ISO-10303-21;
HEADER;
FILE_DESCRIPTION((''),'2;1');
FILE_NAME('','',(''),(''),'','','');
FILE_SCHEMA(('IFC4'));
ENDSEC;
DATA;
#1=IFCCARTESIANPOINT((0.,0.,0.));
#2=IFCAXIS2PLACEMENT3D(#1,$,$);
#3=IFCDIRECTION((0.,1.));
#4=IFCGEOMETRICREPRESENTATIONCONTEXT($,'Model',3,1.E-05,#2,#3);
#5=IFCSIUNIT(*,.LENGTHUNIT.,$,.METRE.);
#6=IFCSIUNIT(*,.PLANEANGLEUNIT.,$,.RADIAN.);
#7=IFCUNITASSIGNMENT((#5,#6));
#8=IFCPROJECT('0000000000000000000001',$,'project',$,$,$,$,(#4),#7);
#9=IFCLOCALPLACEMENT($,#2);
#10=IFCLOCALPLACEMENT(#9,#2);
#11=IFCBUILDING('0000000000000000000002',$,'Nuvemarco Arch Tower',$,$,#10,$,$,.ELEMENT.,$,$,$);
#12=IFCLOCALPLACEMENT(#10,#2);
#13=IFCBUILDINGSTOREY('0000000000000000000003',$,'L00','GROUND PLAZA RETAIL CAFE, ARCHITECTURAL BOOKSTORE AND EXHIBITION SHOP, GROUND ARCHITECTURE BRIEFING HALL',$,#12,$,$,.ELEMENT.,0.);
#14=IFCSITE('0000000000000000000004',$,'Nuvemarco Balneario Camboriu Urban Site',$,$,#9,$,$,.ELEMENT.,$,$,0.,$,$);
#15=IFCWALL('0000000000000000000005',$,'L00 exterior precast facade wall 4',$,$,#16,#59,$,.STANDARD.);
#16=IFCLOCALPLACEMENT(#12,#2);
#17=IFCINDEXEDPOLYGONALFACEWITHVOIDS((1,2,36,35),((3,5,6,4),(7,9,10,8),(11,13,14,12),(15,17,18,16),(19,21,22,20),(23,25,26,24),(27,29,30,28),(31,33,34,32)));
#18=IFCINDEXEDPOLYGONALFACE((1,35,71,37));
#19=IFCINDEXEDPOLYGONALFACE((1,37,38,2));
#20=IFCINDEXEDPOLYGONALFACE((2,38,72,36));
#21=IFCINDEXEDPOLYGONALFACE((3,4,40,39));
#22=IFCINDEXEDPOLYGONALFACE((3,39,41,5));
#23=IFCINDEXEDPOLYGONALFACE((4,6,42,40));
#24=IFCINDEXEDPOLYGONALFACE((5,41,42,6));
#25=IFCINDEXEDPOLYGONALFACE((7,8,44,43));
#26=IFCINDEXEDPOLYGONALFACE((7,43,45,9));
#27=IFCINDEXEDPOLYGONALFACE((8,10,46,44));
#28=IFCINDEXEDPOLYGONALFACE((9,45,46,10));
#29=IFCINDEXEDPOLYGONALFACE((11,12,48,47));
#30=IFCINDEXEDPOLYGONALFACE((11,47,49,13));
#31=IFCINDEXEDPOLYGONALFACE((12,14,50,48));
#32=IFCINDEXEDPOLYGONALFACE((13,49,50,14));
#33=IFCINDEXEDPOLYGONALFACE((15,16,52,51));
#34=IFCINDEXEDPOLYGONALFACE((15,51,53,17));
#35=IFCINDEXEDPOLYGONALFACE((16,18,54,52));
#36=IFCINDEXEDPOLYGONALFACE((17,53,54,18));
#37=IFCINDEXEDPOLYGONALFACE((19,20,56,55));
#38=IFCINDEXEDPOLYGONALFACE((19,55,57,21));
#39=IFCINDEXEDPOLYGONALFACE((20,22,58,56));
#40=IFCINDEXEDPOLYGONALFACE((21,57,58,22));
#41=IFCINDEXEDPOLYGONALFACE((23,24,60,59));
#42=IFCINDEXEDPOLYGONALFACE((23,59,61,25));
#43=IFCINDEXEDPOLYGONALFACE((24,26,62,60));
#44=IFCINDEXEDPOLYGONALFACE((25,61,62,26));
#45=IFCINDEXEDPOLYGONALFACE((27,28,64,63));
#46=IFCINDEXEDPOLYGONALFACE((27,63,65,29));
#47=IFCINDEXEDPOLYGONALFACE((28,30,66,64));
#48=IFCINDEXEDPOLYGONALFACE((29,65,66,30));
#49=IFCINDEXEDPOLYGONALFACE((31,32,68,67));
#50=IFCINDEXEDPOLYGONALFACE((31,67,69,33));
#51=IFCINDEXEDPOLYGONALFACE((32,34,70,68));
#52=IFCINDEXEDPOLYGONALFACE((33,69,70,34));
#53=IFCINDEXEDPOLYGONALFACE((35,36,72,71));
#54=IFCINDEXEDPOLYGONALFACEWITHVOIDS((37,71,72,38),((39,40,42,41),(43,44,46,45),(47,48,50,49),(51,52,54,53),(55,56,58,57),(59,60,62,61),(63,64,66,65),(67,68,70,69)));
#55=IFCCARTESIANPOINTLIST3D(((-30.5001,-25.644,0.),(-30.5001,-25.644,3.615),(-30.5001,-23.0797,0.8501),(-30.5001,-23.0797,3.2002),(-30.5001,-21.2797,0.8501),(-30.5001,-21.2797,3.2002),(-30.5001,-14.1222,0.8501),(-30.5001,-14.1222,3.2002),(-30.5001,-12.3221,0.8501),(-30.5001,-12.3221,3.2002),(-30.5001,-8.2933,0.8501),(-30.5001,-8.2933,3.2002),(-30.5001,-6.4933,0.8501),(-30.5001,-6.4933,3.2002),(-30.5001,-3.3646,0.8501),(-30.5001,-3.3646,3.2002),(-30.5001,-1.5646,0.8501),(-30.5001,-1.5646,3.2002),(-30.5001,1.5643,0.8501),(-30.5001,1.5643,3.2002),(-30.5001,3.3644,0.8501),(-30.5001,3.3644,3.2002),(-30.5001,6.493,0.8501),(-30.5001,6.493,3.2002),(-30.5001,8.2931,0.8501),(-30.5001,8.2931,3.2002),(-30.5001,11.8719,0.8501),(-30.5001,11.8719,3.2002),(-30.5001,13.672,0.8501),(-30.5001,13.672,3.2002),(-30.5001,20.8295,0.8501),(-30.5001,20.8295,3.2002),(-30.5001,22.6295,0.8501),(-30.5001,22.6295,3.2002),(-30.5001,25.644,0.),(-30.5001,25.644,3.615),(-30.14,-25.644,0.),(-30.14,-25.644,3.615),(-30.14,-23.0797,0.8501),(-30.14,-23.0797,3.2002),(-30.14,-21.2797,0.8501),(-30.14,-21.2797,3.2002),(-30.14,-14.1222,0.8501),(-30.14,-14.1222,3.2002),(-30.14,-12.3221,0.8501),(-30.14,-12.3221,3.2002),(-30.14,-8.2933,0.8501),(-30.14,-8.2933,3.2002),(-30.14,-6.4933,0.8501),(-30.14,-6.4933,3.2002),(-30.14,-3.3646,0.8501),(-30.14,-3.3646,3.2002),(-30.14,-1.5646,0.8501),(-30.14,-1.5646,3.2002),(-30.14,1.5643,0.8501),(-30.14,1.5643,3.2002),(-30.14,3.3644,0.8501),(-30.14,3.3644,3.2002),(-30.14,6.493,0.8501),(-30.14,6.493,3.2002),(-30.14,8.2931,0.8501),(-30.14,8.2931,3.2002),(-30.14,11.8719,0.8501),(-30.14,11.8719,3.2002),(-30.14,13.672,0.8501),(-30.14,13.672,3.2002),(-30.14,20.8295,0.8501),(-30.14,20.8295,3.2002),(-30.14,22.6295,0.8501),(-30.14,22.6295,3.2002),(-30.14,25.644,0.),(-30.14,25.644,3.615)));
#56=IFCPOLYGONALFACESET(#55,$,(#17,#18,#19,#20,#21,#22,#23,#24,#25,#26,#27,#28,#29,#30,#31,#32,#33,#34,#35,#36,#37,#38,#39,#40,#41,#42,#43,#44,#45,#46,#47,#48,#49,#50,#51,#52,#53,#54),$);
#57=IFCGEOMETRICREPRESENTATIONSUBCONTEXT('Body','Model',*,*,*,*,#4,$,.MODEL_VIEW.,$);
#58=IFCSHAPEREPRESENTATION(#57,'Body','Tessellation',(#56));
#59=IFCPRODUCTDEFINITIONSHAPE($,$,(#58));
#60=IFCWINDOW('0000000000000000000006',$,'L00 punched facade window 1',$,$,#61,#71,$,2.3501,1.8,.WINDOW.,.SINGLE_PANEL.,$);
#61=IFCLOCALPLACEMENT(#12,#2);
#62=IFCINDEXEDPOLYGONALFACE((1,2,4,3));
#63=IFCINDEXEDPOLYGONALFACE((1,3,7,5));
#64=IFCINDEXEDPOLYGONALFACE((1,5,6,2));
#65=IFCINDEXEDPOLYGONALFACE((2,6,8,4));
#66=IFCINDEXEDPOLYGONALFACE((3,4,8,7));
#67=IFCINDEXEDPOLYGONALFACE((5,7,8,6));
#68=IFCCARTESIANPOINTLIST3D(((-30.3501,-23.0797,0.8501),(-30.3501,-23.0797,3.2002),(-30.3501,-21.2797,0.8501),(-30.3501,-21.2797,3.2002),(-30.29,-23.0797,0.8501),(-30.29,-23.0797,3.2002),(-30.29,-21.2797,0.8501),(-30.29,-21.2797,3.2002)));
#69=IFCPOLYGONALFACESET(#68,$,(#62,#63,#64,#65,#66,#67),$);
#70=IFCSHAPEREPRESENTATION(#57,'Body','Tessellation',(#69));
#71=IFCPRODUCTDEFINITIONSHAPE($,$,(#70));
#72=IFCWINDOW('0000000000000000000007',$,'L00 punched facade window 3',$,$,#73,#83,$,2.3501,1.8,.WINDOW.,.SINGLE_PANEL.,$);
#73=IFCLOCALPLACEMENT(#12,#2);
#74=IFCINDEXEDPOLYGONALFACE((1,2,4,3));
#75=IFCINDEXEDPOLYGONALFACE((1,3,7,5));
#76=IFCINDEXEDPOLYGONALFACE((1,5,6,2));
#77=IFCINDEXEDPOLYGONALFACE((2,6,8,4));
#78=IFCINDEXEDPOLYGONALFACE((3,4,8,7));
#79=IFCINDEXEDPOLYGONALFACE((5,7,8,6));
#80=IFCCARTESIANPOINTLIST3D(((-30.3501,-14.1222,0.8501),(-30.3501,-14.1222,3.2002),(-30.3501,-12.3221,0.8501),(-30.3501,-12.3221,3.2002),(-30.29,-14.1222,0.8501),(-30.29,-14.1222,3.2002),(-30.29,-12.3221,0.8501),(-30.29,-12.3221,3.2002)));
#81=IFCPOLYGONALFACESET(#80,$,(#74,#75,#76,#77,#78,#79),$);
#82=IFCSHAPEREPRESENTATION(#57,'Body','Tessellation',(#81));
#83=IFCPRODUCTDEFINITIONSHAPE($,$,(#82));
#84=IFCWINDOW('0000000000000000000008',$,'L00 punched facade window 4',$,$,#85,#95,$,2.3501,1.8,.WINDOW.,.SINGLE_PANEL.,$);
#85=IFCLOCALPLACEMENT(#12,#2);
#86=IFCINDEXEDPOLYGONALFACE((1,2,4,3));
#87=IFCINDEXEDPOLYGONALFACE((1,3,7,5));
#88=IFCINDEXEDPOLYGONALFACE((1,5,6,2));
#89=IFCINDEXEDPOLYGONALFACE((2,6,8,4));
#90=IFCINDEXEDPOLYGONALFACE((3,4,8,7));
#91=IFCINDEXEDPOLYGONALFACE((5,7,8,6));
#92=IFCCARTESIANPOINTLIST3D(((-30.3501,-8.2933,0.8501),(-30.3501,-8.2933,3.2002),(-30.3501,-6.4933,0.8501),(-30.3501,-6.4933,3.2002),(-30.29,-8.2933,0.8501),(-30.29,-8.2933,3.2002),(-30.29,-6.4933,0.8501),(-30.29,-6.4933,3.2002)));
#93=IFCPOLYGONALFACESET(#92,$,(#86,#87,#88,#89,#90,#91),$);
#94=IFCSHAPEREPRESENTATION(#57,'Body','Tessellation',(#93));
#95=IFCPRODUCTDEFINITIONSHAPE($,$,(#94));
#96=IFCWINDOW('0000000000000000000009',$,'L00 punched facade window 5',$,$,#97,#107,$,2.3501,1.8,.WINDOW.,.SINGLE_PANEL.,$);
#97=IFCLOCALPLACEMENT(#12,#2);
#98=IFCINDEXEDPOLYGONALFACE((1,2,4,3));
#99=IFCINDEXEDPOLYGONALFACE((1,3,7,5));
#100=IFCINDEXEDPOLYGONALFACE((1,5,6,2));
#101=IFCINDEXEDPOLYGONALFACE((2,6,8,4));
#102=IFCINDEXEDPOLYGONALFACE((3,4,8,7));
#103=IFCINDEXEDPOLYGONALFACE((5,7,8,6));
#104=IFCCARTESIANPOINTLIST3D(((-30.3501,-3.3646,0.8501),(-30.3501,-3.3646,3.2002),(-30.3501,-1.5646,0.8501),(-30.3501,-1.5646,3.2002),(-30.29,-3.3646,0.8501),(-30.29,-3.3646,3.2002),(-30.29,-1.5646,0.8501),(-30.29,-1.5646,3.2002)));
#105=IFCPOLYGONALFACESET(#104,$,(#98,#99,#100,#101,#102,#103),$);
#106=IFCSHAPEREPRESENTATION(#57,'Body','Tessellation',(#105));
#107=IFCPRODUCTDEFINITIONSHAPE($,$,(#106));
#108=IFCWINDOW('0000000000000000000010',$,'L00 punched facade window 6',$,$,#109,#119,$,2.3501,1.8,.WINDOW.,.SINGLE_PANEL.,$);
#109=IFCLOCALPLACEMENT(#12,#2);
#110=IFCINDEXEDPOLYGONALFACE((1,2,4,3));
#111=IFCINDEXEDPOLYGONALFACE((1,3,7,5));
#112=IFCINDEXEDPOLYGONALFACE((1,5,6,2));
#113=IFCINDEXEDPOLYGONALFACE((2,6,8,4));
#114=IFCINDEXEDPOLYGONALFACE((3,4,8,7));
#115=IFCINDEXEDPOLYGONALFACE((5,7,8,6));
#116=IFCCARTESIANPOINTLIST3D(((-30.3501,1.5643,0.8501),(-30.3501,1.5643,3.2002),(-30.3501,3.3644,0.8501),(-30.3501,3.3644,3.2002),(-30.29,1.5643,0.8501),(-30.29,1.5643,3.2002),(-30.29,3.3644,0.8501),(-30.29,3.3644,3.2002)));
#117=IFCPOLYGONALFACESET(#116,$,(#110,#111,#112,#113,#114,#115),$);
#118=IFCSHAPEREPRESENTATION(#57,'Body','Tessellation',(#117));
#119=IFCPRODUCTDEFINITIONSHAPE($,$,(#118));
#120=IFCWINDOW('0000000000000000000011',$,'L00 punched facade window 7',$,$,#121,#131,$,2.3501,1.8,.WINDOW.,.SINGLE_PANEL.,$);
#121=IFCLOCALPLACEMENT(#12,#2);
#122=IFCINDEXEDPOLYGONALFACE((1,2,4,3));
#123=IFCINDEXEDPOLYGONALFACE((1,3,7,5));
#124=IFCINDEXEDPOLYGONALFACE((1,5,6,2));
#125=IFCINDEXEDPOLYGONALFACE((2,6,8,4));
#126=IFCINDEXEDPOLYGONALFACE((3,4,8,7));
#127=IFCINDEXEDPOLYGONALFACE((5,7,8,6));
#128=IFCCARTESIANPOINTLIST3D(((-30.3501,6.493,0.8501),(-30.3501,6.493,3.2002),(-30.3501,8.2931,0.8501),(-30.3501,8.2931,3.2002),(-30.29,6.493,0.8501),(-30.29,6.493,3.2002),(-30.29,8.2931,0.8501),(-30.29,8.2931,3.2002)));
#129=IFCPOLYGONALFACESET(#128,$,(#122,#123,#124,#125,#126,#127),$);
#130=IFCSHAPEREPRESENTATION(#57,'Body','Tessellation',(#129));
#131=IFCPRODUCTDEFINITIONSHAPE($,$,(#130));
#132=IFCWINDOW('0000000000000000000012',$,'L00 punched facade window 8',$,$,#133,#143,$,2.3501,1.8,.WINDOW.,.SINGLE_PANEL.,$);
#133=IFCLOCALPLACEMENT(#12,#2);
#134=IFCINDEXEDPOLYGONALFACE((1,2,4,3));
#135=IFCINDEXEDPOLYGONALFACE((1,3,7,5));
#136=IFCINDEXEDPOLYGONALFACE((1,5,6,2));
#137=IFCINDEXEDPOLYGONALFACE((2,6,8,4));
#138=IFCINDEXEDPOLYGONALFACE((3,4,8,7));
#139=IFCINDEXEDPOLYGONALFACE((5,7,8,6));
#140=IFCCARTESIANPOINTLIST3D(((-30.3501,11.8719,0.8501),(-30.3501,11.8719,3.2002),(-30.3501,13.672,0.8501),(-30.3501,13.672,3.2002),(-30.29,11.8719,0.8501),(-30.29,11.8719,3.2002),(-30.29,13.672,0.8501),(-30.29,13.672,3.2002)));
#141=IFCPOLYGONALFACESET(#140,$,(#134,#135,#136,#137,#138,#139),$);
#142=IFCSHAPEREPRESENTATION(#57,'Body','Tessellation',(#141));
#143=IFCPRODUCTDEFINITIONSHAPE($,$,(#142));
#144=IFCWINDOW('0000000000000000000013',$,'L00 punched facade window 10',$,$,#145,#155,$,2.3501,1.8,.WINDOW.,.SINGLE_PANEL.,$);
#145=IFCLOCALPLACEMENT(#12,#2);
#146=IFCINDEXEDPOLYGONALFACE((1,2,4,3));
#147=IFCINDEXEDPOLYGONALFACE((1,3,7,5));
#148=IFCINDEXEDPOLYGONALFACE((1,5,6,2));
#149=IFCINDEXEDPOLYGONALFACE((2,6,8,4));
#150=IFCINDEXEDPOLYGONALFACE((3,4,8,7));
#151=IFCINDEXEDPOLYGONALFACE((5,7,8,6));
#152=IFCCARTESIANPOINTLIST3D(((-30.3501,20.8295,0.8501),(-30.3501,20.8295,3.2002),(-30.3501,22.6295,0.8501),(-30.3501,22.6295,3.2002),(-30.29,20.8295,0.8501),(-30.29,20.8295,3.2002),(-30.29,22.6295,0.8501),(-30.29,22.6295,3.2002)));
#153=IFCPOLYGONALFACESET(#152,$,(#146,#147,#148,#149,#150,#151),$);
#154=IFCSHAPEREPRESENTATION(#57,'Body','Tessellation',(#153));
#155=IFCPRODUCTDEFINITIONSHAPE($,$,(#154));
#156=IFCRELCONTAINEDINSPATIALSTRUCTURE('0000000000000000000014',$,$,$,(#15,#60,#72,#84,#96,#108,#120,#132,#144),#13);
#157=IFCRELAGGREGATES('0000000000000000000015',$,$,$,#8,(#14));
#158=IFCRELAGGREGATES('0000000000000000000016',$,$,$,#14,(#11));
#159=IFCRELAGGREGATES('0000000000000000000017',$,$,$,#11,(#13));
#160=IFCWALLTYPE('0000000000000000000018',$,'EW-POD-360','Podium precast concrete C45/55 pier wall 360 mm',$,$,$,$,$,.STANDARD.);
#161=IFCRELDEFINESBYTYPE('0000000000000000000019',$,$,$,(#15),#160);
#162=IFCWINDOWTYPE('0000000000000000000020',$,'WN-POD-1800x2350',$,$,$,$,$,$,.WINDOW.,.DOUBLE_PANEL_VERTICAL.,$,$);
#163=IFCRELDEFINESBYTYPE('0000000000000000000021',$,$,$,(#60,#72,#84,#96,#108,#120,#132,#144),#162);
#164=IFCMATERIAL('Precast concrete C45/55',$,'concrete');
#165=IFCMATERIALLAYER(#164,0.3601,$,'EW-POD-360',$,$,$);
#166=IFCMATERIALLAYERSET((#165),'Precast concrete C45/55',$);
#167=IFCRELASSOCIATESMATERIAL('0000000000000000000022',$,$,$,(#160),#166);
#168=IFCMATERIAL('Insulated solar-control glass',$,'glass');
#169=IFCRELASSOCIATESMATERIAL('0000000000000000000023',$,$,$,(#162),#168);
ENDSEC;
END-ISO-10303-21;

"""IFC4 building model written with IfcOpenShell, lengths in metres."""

from ifc_helpers import new_model, si_unit, direction, frame, frame_2d, origin, place, context, subcontext, project, spatial, rectangle, extrude, source, transform, mapped, material, layer, layer_set, type_object, type_shapes, element, fill, save


model = new_model("IFC4")

# Units and contexts
model_context = context("Model", 3, precision=1e-05, world=origin(), true_north=direction((0.0, 1.0)))
body_context = subcontext(model_context, "Body", "Model", "MODEL_VIEW")
ifc_project = project(units=[si_unit("LENGTHUNIT", "METRE"), si_unit("PLANEANGLEUNIT", "RADIAN")], contexts=[model_context])

# Site, building, storey
site_placement = place(None, origin())
site = spatial("IfcSite", under=ifc_project, at=site_placement, Name="Nuvemarco Balneario Camboriu Urban Site", CompositionType="ELEMENT", RefElevation=0.0)
building_placement = place(site_placement, origin())
building = spatial("IfcBuilding", under=site, at=building_placement, Name="Nuvemarco Arch Tower", CompositionType="ELEMENT")
storey_placement = place(building_placement, origin())
storey = spatial("IfcBuildingStorey", under=building, at=storey_placement, Name="L00", Description="GROUND PLAZA RETAIL CAFE, ARCHITECTURAL BOOKSTORE AND EXHIBITION SHOP, GROUND ARCHITECTURE BRIEFING HALL", CompositionType="ELEMENT", Elevation=0.0)

# Shared definitions
ifc_material_1 = material(Name="Precast concrete C45/55", Category="concrete")

# Wall, openings, windows
ifc_layer = layer(ifc_material_1, 0.3601, Name="EW-POD-360")
ifc_layer_set = layer_set([ifc_layer], Name="Precast concrete C45/55")
wall_type = type_object("IfcWallType", Name="EW-POD-360", Description="Podium precast concrete C45/55 pier wall 360 mm", PredefinedType="STANDARD", material=ifc_layer_set)
wall_placement = place(storey_placement, frame((-30.3201, -25.644, 0.0), z_axis=(0.0, 0.0, 1.0), x_axis=(0.0, 1.0, 0.0)))
wall = element("IfcWall", 1, at=wall_placement, inside=storey, type_object=wall_type, Name="L00 exterior precast facade wall 4", PredefinedType="STANDARD", context=body_context, shape_type="SweptSolid", body=[
    extrude(rectangle(XDim=51.2881, YDim=0.3601, at=frame_2d((25.644, 0.0))), origin(), (0.0, 0.0, 1.0), 3.615),
])
opening_1_placement = place(wall_placement, frame((2.5645, 0.0, 0.8501)))
opening_1 = element("IfcOpeningElement", 2, at=opening_1_placement, cuts=wall, PredefinedType="OPENING", context=body_context, shape_type="SweptSolid", body=[
    extrude(rectangle(XDim=1.8, YDim=2.3501, at=frame_2d((0.8999, 1.175))), frame((0.0, 0.1899, 0.0), z_axis=(0.0, -1.0, 0.0), x_axis=(1.0, 0.0, 0.0)), (0.0, 0.0, 1.0), 0.3801),
])
opening_2_placement = place(wall_placement, frame((11.522, 0.0, 0.8501)))
opening_2 = element("IfcOpeningElement", 3, at=opening_2_placement, cuts=wall, PredefinedType="OPENING", context=body_context, shape_type="SweptSolid", body=[
    extrude(rectangle(XDim=1.8, YDim=2.3501, at=frame_2d((0.8999, 1.175))), frame((0.0, 0.1899, 0.0), z_axis=(0.0, -1.0, 0.0), x_axis=(1.0, 0.0, 0.0)), (0.0, 0.0, 1.0), 0.3801),
])
opening_3_placement = place(wall_placement, frame((17.3508, 0.0, 0.8501)))
opening_3 = element("IfcOpeningElement", 4, at=opening_3_placement, cuts=wall, PredefinedType="OPENING", context=body_context, shape_type="SweptSolid", body=[
    extrude(rectangle(XDim=1.8, YDim=2.3501, at=frame_2d((0.8999, 1.175))), frame((0.0, 0.1899, 0.0), z_axis=(0.0, -1.0, 0.0), x_axis=(1.0, 0.0, 0.0)), (0.0, 0.0, 1.0), 0.3801),
])
opening_4_placement = place(wall_placement, frame((22.2795, 0.0, 0.8501)))
opening_4 = element("IfcOpeningElement", 5, at=opening_4_placement, cuts=wall, PredefinedType="OPENING", context=body_context, shape_type="SweptSolid", body=[
    extrude(rectangle(XDim=1.8, YDim=2.3501, at=frame_2d((0.8999, 1.175))), frame((0.0, 0.1899, 0.0), z_axis=(0.0, -1.0, 0.0), x_axis=(1.0, 0.0, 0.0)), (0.0, 0.0, 1.0), 0.3801),
])
opening_5_placement = place(wall_placement, frame((27.2085, 0.0, 0.8501)))
opening_5 = element("IfcOpeningElement", 6, at=opening_5_placement, cuts=wall, PredefinedType="OPENING", context=body_context, shape_type="SweptSolid", body=[
    extrude(rectangle(XDim=1.8, YDim=2.3501, at=frame_2d((0.8999, 1.175))), frame((0.0, 0.1899, 0.0), z_axis=(0.0, -1.0, 0.0), x_axis=(1.0, 0.0, 0.0)), (0.0, 0.0, 1.0), 0.3801),
])
opening_6_placement = place(wall_placement, frame((32.1372, 0.0, 0.8501)))
opening_6 = element("IfcOpeningElement", 7, at=opening_6_placement, cuts=wall, PredefinedType="OPENING", context=body_context, shape_type="SweptSolid", body=[
    extrude(rectangle(XDim=1.8, YDim=2.3501, at=frame_2d((0.8999, 1.175))), frame((0.0, 0.1899, 0.0), z_axis=(0.0, -1.0, 0.0), x_axis=(1.0, 0.0, 0.0)), (0.0, 0.0, 1.0), 0.3801),
])
opening_7_placement = place(wall_placement, frame((37.5161, 0.0, 0.8501)))
opening_7 = element("IfcOpeningElement", 8, at=opening_7_placement, cuts=wall, PredefinedType="OPENING", context=body_context, shape_type="SweptSolid", body=[
    extrude(rectangle(XDim=1.8, YDim=2.3501, at=frame_2d((0.8999, 1.175))), frame((0.0, 0.1899, 0.0), z_axis=(0.0, -1.0, 0.0), x_axis=(1.0, 0.0, 0.0)), (0.0, 0.0, 1.0), 0.3801),
])
opening_8_placement = place(wall_placement, frame((46.4736, 0.0, 0.8501)))
opening_8 = element("IfcOpeningElement", 9, at=opening_8_placement, cuts=wall, PredefinedType="OPENING", context=body_context, shape_type="SweptSolid", body=[
    extrude(rectangle(XDim=1.8, YDim=2.3501, at=frame_2d((0.8999, 1.175))), frame((0.0, 0.1899, 0.0), z_axis=(0.0, -1.0, 0.0), x_axis=(1.0, 0.0, 0.0)), (0.0, 0.0, 1.0), 0.3801),
])
ifc_material_2 = material(Name="Insulated solar-control glass", Category="glass")
window_type = type_object("IfcWindowType", Name="WN-POD-1800x2350", PartitioningType="DOUBLE_PANEL_VERTICAL", PredefinedType="WINDOW", material=ifc_material_2)
shared_shape = source(origin(), body_context, "Body", "SweptSolid", [
    extrude(rectangle(XDim=1.8, YDim=2.3501, at=frame_2d((0.8999, 1.175))), frame((0.0, 0.03, 0.0), z_axis=(0.0, -1.0, 0.0), x_axis=(1.0, 0.0, 0.0)), (0.0, 0.0, 1.0), 0.0601),
])
type_shapes(window_type, [shared_shape])
window_1_placement = place(opening_1_placement, origin())
window_1 = element("IfcWindow", 10, at=window_1_placement, inside=storey, type_object=window_type, Name="L00 punched facade window 1", OverallHeight=2.3501, OverallWidth=1.8, PartitioningType="SINGLE_PANEL", PredefinedType="WINDOW", context=body_context, shape_type="MappedRepresentation", body=[
    mapped(shared_shape, transform((0.0, 0.0, 0.0), scale=1.0)),
])
fill(opening_1, window_1)
window_2_placement = place(opening_2_placement, origin())
window_2 = element("IfcWindow", 11, at=window_2_placement, inside=storey, type_object=window_type, Name="L00 punched facade window 3", OverallHeight=2.3501, OverallWidth=1.8, PartitioningType="SINGLE_PANEL", PredefinedType="WINDOW", context=body_context, shape_type="MappedRepresentation", body=[
    mapped(shared_shape, transform((0.0, 0.0, 0.0), scale=1.0)),
])
fill(opening_2, window_2)
window_3_placement = place(opening_3_placement, origin())
window_3 = element("IfcWindow", 12, at=window_3_placement, inside=storey, type_object=window_type, Name="L00 punched facade window 4", OverallHeight=2.3501, OverallWidth=1.8, PartitioningType="SINGLE_PANEL", PredefinedType="WINDOW", context=body_context, shape_type="MappedRepresentation", body=[
    mapped(shared_shape, transform((0.0, 0.0, 0.0), scale=1.0)),
])
fill(opening_3, window_3)
window_4_placement = place(opening_4_placement, origin())
window_4 = element("IfcWindow", 13, at=window_4_placement, inside=storey, type_object=window_type, Name="L00 punched facade window 5", OverallHeight=2.3501, OverallWidth=1.8, PartitioningType="SINGLE_PANEL", PredefinedType="WINDOW", context=body_context, shape_type="MappedRepresentation", body=[
    mapped(shared_shape, transform((0.0, 0.0, 0.0), scale=1.0)),
])
fill(opening_4, window_4)
window_5_placement = place(opening_5_placement, origin())
window_5 = element("IfcWindow", 14, at=window_5_placement, inside=storey, type_object=window_type, Name="L00 punched facade window 6", OverallHeight=2.3501, OverallWidth=1.8, PartitioningType="SINGLE_PANEL", PredefinedType="WINDOW", context=body_context, shape_type="MappedRepresentation", body=[
    mapped(shared_shape, transform((0.0, 0.0, 0.0), scale=1.0)),
])
fill(opening_5, window_5)
window_6_placement = place(opening_6_placement, origin())
window_6 = element("IfcWindow", 15, at=window_6_placement, inside=storey, type_object=window_type, Name="L00 punched facade window 7", OverallHeight=2.3501, OverallWidth=1.8, PartitioningType="SINGLE_PANEL", PredefinedType="WINDOW", context=body_context, shape_type="MappedRepresentation", body=[
    mapped(shared_shape, transform((0.0, 0.0, 0.0), scale=1.0)),
])
fill(opening_6, window_6)
window_7_placement = place(opening_7_placement, origin())
window_7 = element("IfcWindow", 16, at=window_7_placement, inside=storey, type_object=window_type, Name="L00 punched facade window 8", OverallHeight=2.3501, OverallWidth=1.8, PartitioningType="SINGLE_PANEL", PredefinedType="WINDOW", context=body_context, shape_type="MappedRepresentation", body=[
    mapped(shared_shape, transform((0.0, 0.0, 0.0), scale=1.0)),
])
fill(opening_7, window_7)
window_8_placement = place(opening_8_placement, origin())
window_8 = element("IfcWindow", 17, at=window_8_placement, inside=storey, type_object=window_type, Name="L00 punched facade window 10", OverallHeight=2.3501, OverallWidth=1.8, PartitioningType="SINGLE_PANEL", PredefinedType="WINDOW", context=body_context, shape_type="MappedRepresentation", body=[
    mapped(shared_shape, transform((0.0, 0.0, 0.0), scale=1.0)),
])
fill(opening_8, window_8)

save(model, "model.ifc")
